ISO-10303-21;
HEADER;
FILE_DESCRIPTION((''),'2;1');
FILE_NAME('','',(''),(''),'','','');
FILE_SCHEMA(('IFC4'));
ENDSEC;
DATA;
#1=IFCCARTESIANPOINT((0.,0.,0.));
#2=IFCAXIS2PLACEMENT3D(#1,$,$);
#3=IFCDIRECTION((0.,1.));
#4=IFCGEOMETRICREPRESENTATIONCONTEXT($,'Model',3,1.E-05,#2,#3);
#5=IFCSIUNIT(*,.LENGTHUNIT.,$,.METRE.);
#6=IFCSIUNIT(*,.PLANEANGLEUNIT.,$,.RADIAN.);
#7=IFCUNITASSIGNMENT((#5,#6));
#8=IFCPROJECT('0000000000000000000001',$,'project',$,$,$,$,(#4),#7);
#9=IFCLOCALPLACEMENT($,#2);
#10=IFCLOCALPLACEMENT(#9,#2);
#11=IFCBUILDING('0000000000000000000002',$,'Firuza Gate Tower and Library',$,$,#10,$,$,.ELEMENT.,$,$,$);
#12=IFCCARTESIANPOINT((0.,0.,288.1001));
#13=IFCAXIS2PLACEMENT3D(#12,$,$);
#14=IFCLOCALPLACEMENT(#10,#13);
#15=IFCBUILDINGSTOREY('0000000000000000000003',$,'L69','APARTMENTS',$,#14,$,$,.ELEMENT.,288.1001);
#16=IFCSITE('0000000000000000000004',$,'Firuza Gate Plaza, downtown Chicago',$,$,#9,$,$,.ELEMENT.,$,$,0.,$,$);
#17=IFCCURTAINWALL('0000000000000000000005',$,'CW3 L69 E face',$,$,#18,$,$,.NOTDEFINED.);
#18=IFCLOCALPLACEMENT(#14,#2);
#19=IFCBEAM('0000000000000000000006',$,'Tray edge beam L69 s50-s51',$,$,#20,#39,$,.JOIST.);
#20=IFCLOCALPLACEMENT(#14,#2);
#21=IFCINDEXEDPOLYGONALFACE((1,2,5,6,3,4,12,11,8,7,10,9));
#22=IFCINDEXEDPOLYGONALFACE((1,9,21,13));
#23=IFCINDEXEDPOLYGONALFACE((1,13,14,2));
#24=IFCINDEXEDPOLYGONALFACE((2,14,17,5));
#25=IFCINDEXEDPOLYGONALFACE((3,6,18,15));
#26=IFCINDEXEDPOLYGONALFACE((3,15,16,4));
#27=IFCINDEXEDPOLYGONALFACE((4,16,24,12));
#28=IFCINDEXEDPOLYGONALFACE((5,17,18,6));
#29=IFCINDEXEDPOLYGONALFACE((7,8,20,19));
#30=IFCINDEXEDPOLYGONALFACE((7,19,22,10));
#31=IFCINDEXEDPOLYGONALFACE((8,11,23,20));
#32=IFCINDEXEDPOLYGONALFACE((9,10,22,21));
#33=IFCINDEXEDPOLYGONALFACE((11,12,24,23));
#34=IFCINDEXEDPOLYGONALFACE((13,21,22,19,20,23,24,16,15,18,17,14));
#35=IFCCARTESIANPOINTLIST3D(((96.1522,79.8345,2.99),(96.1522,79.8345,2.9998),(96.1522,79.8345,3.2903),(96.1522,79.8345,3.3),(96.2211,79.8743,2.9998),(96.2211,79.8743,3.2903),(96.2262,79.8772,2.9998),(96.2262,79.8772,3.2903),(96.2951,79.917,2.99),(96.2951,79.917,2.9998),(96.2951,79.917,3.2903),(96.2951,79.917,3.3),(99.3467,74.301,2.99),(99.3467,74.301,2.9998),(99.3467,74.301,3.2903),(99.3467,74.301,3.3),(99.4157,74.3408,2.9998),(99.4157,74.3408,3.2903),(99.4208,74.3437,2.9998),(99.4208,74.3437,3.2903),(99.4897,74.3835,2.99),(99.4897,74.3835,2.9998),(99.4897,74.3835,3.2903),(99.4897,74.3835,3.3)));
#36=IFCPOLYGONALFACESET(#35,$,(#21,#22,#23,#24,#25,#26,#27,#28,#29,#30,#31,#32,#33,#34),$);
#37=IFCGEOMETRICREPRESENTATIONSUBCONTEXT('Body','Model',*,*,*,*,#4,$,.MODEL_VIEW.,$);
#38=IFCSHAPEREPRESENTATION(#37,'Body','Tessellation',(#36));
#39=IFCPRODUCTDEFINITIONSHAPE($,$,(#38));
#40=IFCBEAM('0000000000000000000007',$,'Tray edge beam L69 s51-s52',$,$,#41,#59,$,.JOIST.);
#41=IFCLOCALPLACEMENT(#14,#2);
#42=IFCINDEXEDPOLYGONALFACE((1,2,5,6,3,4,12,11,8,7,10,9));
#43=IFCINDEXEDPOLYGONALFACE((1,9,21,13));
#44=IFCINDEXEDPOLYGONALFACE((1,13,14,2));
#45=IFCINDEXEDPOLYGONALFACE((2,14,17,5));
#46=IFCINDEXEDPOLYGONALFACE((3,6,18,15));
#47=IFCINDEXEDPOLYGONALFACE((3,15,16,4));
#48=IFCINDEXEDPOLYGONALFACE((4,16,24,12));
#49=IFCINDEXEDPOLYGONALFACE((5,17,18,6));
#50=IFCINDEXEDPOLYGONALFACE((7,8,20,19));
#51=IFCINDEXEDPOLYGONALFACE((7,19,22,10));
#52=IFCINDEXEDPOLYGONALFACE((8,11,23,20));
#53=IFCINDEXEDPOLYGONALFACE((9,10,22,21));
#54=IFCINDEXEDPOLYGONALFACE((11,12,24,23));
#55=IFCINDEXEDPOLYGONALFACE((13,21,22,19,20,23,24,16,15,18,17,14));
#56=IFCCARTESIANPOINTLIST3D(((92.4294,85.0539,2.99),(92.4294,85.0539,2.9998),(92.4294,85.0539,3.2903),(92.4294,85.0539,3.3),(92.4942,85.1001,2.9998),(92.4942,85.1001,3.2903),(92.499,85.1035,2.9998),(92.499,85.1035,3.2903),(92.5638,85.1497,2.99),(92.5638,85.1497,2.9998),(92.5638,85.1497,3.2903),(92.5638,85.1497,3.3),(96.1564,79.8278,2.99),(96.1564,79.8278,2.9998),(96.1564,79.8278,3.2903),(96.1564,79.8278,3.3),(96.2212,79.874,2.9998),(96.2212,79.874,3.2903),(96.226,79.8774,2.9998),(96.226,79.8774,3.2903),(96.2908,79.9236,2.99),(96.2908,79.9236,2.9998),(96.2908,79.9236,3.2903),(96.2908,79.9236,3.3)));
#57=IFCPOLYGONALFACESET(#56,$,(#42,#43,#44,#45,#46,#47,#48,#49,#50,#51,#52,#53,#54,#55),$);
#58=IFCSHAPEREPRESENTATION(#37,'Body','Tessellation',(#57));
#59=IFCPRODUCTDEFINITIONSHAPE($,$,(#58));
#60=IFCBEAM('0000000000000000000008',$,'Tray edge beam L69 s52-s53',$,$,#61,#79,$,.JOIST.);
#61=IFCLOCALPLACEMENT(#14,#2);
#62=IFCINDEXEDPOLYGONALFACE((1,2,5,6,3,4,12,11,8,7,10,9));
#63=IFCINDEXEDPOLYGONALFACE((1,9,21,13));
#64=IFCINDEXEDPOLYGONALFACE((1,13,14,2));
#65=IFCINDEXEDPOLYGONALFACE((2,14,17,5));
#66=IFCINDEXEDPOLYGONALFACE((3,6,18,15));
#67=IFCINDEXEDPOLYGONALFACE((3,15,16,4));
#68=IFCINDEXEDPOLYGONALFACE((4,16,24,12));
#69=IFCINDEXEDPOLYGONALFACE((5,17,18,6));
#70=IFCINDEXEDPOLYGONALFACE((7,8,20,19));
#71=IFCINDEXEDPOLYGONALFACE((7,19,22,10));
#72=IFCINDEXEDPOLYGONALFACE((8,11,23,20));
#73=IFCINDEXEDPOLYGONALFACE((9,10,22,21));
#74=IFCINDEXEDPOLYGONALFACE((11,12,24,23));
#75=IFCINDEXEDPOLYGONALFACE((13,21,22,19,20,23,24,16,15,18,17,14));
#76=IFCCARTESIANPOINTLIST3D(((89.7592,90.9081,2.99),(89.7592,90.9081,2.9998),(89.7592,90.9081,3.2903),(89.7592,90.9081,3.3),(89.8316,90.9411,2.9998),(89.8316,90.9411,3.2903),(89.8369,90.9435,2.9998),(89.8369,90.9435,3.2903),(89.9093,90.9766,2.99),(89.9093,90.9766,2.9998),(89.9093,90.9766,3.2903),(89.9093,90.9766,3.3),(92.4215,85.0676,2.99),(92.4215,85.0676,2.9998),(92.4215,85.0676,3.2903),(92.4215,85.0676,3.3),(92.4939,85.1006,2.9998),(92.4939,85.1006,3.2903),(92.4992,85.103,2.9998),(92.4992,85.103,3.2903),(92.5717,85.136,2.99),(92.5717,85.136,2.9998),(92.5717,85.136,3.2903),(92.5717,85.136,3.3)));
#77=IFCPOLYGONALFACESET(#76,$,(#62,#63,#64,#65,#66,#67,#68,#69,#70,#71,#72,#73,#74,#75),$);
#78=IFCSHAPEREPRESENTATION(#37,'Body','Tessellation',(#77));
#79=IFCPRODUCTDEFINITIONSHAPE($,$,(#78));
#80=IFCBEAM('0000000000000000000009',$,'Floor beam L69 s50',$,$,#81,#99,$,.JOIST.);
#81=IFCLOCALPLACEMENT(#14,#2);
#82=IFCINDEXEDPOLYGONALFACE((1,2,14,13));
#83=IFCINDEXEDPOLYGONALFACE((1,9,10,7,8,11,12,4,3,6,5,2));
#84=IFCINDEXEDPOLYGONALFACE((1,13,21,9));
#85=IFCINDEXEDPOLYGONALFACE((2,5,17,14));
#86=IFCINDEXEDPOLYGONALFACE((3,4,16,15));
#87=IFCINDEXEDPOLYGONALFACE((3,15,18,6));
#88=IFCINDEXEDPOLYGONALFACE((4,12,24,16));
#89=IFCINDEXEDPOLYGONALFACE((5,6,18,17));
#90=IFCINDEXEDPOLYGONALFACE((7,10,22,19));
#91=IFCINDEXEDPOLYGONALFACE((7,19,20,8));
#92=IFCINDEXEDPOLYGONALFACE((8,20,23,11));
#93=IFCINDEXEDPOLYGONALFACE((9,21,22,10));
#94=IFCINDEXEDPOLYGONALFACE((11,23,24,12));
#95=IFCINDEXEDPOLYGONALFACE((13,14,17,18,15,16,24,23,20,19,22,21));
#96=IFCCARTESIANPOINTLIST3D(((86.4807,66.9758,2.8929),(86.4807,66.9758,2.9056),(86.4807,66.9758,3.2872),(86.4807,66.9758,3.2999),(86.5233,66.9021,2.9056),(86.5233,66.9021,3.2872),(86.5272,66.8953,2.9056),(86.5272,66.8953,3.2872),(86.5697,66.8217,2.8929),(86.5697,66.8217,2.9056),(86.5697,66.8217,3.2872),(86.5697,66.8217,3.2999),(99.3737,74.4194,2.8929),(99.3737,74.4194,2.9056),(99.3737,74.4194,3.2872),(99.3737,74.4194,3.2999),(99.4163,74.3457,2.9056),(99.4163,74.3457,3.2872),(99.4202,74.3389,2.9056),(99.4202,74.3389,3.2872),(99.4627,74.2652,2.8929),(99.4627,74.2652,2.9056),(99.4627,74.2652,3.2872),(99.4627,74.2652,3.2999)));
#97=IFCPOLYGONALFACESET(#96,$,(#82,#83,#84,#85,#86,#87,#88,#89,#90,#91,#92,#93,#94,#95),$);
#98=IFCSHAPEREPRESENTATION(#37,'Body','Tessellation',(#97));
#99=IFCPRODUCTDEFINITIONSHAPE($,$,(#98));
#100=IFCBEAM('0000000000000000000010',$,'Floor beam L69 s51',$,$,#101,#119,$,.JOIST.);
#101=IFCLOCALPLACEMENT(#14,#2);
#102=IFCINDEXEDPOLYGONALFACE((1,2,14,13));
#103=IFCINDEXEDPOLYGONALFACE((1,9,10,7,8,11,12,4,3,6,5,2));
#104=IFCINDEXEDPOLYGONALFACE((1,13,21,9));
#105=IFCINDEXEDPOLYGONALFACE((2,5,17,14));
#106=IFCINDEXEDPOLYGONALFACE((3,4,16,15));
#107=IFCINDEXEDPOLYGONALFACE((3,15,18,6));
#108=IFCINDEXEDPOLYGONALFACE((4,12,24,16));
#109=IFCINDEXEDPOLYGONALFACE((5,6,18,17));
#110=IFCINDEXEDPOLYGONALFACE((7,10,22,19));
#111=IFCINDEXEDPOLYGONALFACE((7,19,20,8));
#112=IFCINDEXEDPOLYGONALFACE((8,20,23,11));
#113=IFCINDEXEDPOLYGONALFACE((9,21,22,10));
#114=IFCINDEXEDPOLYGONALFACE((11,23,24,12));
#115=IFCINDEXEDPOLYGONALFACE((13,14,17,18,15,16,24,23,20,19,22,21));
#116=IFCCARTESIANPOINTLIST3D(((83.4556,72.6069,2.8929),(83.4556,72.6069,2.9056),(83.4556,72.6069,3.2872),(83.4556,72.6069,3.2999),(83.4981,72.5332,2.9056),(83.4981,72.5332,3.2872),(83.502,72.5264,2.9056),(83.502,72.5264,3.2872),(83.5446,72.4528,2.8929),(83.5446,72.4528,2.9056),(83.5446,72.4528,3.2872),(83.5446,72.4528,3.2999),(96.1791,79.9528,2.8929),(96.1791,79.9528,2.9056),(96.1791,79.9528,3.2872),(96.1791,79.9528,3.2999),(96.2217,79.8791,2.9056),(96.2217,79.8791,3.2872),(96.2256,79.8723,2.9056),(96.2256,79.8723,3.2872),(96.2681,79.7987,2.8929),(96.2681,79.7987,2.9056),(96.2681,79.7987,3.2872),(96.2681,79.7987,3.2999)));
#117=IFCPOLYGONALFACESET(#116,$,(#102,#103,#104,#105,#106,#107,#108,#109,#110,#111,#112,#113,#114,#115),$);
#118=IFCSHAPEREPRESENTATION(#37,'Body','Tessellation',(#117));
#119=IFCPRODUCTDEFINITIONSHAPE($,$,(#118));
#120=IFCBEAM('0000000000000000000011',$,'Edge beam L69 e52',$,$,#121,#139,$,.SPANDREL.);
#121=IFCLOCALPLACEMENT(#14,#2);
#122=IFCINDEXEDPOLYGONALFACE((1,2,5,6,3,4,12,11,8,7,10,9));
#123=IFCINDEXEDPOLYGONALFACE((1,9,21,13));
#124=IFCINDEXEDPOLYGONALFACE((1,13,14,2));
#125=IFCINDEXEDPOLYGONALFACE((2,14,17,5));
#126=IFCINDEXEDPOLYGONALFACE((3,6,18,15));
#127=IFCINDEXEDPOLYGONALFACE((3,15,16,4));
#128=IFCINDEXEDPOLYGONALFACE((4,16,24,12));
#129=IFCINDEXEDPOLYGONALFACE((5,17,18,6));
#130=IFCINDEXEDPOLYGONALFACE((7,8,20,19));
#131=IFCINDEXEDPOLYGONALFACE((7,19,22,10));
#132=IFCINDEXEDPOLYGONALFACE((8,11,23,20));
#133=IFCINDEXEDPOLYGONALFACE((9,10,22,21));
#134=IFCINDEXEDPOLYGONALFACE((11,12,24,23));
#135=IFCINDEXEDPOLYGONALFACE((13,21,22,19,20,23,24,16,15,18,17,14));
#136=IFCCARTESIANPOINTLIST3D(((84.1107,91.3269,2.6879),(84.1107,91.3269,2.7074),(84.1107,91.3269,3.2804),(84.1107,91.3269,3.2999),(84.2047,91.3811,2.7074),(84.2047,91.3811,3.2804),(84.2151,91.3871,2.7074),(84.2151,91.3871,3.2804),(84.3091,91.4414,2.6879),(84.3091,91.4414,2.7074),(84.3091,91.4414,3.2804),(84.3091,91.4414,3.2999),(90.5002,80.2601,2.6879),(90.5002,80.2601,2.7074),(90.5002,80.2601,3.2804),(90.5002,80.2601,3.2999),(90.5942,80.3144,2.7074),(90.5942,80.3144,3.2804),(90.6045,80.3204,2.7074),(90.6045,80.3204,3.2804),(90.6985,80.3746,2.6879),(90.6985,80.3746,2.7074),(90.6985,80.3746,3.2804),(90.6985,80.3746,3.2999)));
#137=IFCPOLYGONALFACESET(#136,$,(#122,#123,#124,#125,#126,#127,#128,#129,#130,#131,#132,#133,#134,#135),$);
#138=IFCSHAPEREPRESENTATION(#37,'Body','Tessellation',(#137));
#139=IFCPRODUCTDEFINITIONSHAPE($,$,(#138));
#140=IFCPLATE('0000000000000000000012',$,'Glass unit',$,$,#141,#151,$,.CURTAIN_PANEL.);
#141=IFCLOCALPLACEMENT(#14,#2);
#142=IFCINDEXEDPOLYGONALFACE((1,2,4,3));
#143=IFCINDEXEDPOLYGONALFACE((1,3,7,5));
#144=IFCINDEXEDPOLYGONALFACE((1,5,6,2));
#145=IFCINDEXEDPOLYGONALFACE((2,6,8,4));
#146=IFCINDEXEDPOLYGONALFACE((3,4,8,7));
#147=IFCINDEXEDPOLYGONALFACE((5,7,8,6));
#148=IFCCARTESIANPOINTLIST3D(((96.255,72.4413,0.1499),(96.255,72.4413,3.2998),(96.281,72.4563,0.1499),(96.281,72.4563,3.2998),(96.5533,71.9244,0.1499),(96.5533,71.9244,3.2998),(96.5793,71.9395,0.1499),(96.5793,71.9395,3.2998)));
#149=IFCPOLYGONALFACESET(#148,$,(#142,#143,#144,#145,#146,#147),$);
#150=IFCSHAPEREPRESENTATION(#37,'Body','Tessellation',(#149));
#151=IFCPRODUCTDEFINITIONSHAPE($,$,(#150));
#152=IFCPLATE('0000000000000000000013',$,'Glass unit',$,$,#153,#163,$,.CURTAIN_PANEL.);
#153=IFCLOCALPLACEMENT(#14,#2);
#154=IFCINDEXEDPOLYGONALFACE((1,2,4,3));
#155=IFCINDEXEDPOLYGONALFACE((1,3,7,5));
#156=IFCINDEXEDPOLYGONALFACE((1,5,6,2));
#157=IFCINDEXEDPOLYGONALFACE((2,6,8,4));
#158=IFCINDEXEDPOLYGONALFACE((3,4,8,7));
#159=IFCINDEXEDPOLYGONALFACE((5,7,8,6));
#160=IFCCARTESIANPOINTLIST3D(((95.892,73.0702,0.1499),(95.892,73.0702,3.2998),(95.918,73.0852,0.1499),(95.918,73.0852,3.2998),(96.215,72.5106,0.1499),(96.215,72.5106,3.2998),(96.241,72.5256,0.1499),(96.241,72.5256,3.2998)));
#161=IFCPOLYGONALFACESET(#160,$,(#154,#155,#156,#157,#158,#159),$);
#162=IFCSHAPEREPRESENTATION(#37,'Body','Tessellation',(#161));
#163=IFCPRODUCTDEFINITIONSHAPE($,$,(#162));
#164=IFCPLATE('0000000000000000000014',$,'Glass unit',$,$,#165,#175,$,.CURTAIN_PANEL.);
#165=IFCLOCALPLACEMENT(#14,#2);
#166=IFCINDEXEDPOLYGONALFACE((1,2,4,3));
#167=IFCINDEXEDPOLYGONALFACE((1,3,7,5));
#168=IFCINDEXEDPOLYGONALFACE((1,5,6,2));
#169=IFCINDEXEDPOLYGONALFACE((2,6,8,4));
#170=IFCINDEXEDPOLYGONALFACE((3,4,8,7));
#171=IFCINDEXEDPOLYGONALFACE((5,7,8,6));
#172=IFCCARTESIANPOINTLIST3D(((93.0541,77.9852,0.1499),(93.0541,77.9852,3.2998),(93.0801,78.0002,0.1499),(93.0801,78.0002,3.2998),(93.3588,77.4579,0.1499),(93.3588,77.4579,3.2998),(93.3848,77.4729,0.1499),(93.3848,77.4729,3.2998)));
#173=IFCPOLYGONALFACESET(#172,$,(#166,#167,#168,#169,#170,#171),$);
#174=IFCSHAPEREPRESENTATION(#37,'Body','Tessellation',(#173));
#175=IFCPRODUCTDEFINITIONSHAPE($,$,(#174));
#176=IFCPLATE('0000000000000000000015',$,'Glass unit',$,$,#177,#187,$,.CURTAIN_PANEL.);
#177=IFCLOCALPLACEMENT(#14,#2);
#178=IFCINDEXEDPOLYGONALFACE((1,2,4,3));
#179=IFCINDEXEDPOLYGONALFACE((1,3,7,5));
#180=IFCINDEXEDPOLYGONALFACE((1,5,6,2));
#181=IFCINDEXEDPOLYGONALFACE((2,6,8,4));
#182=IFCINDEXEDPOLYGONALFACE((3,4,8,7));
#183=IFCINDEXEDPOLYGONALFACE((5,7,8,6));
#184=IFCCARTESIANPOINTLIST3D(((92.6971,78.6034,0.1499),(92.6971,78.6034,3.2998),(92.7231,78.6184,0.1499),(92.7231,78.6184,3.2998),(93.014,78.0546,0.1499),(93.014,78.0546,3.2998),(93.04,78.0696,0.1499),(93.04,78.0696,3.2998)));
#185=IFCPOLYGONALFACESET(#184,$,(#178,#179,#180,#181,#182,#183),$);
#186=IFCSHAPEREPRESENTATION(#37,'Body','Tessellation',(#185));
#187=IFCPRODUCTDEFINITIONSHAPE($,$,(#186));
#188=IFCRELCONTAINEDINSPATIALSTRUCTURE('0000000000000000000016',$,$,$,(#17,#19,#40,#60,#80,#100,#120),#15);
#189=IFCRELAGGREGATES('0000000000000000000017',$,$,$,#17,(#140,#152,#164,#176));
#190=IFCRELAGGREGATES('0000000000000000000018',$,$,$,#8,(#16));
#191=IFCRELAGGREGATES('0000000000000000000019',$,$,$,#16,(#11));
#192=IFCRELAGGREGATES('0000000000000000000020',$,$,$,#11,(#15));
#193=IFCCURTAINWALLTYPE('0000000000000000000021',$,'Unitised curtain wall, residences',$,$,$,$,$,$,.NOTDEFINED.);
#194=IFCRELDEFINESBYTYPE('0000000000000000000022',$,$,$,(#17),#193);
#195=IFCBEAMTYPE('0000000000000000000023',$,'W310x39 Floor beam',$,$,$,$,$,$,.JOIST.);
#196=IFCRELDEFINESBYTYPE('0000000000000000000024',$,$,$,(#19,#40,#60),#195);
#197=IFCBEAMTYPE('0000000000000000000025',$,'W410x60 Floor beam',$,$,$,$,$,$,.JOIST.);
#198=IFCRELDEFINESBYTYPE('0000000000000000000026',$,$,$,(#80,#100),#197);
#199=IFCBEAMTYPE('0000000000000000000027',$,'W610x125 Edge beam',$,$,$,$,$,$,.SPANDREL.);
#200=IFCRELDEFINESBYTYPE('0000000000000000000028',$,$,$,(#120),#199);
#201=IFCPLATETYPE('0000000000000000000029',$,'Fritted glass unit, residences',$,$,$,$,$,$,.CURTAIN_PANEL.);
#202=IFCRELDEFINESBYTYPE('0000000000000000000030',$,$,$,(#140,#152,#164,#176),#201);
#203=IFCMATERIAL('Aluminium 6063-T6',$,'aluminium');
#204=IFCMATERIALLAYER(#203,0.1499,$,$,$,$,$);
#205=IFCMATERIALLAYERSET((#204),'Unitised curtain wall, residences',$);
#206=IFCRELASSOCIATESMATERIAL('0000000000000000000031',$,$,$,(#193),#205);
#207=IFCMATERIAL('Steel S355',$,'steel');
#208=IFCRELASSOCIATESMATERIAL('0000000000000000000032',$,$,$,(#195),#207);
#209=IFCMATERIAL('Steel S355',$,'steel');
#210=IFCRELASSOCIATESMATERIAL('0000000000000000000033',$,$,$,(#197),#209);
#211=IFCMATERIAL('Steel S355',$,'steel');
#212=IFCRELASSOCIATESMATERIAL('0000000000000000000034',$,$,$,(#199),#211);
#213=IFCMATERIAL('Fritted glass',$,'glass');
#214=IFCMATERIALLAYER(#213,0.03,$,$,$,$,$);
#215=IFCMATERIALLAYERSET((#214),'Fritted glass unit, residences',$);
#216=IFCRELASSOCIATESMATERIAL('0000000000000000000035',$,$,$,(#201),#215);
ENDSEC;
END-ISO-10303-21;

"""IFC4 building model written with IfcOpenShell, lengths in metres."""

from ifc_helpers import new_model, si_unit, direction, frame, origin, origin_2d, place, context, subcontext, project, spatial, polyline, i_section, outline, extrude, material, layer, layer_set, material_profile, profile_set, type_object, element, aggregate, save


model = new_model("IFC4")

# Units and contexts
model_context = context("Model", 3, precision=1e-05, world=origin(), true_north=direction((0.0, 1.0)))
body_context = subcontext(model_context, "Body", "Model", "MODEL_VIEW")
ifc_project = project(units=[si_unit("LENGTHUNIT", "METRE"), si_unit("PLANEANGLEUNIT", "RADIAN")], contexts=[model_context])

# Site, building, storey
site_placement = place(None, origin())
site = spatial("IfcSite", under=ifc_project, at=site_placement, Name="Firuza Gate Plaza, downtown Chicago", CompositionType="ELEMENT", RefElevation=0.0)
building_placement = place(site_placement, origin())
building = spatial("IfcBuilding", under=site, at=building_placement, Name="Firuza Gate Tower and Library", CompositionType="ELEMENT")
storey_placement = place(building_placement, frame((0.0, 0.0, 288.1001)))
storey = spatial("IfcBuildingStorey", under=building, at=storey_placement, Name="L69", Description="APARTMENTS", CompositionType="ELEMENT", Elevation=288.1001)

# Curtain wall
ifc_material_1 = material(Name="Aluminium 6063-T6", Category="aluminium")
ifc_layer_1 = layer(ifc_material_1, 0.1499)
ifc_layer_set_1 = layer_set([ifc_layer_1], Name="Unitised curtain wall, residences")
curtain_wall_type = type_object("IfcCurtainWallType", Name="Unitised curtain wall, residences", PredefinedType="NOTDEFINED", material=ifc_layer_set_1)
curtain_wall_placement = place(storey_placement, origin())
curtain_wall = element("IfcCurtainWall", 1, at=curtain_wall_placement, inside=storey, type_object=curtain_wall_type, Name="CW3 L69 E face", PredefinedType="NOTDEFINED")

# Beams
ifc_material_2 = material(Name="Steel S355", Category="steel")
ifc_material_profile_1 = material_profile(ifc_material_2, i_section(OverallWidth=0.165, OverallDepth=0.3101, WebThickness=0.0059, FlangeThickness=0.0098, at=origin_2d()))
ifc_profile_set_1 = profile_set([ifc_material_profile_1], Name="Steel S355")
beam_type_1 = type_object("IfcBeamType", Name="W310x39 Floor beam", PredefinedType="JOIST", material=ifc_profile_set_1)
beam_1_placement = place(storey_placement, frame((99.4182, 74.3423, 3.145), z_axis=(-0.499982, 0.866036, 0.0), x_axis=(-0.866036, -0.499982, 0.0)))
element("IfcBeam", 2, at=beam_1_placement, inside=storey, type_object=beam_type_1, Name="Tray edge beam L69 s50-s51", PredefinedType="JOIST", context=body_context, shape_type="SweptSolid", body=[
    extrude(i_section(OverallWidth=0.165, OverallDepth=0.3101, WebThickness=0.0059, FlangeThickness=0.0098, at=origin_2d()), origin(), (0.0, 0.0, 1.0), 6.3894),
])
beam_2_placement = place(storey_placement, frame((96.2236, 79.8757, 3.145), z_axis=(-0.580634, 0.814165, 0.0), x_axis=(-0.814165, -0.580634, 0.0)))
element("IfcBeam", 3, at=beam_2_placement, inside=storey, type_object=beam_type_1, Name="Tray edge beam L69 s51-s52", PredefinedType="JOIST", context=body_context, shape_type="SweptSolid", body=[
    extrude(i_section(OverallWidth=0.165, OverallDepth=0.3101, WebThickness=0.0059, FlangeThickness=0.0098, at=origin_2d()), origin(), (0.0, 0.0, 1.0), 6.4189),
])
beam_3_placement = place(storey_placement, frame((92.4966, 85.1018, 3.145), z_axis=(-0.414777, 0.909923, 0.0), x_axis=(-0.909923, -0.414777, 0.0)))
element("IfcBeam", 4, at=beam_3_placement, inside=storey, type_object=beam_type_1, Name="Tray edge beam L69 s52-s53", PredefinedType="JOIST", context=body_context, shape_type="SweptSolid", body=[
    extrude(i_section(OverallWidth=0.165, OverallDepth=0.3101, WebThickness=0.0059, FlangeThickness=0.0098, at=origin_2d()), origin(), (0.0, 0.0, 1.0), 6.4187),
])
ifc_material_3 = material(Name="Steel S355", Category="steel")
ifc_material_profile_2 = material_profile(ifc_material_3, i_section(OverallWidth=0.178, OverallDepth=0.407, WebThickness=0.0078, FlangeThickness=0.0127, at=origin_2d()))
ifc_profile_set_2 = profile_set([ifc_material_profile_2], Name="Steel S355")
beam_type_2 = type_object("IfcBeamType", Name="W410x60 Floor beam", PredefinedType="JOIST", material=ifc_profile_set_2)
beam_4_placement = place(storey_placement, frame((99.4182, 74.3423, 3.0964), z_axis=(-0.866032, -0.499989, 0.0), x_axis=(0.499989, -0.866032, 0.0)))
element("IfcBeam", 5, at=beam_4_placement, inside=storey, type_object=beam_type_2, Name="Floor beam L69 s50", PredefinedType="JOIST", context=body_context, shape_type="SweptSolid", body=[
    extrude(i_section(OverallWidth=0.178, OverallDepth=0.407, WebThickness=0.0078, FlangeThickness=0.0127, at=origin_2d()), origin(), (0.0, 0.0, 1.0), 14.8875),
])
beam_5_placement = place(storey_placement, frame((96.2236, 79.8757, 3.0964), z_axis=(-0.866027, -0.499998, 0.0), x_axis=(0.499998, -0.866027, 0.0)))
element("IfcBeam", 6, at=beam_5_placement, inside=storey, type_object=beam_type_2, Name="Floor beam L69 s51", PredefinedType="JOIST", context=body_context, shape_type="SweptSolid", body=[
    extrude(i_section(OverallWidth=0.178, OverallDepth=0.407, WebThickness=0.0078, FlangeThickness=0.0127, at=origin_2d()), origin(), (0.0, 0.0, 1.0), 14.6919),
])
ifc_material_4 = material(Name="Steel S355", Category="steel")
ifc_material_profile_3 = material_profile(ifc_material_4, i_section(OverallWidth=0.229, OverallDepth=0.6121, WebThickness=0.012, FlangeThickness=0.0195, at=origin_2d()))
ifc_profile_set_3 = profile_set([ifc_material_profile_3], Name="Steel S355")
beam_type_3 = type_object("IfcBeamType", Name="W610x125 Edge beam", PredefinedType="SPANDREL", material=ifc_profile_set_3)
beam_6_placement = place(storey_placement, frame((90.5994, 80.3174, 2.9939), z_axis=(-0.500004, 0.866023, 0.0), x_axis=(-0.866023, -0.500004, 0.0)))
element("IfcBeam", 7, at=beam_6_placement, inside=storey, type_object=beam_type_3, Name="Edge beam L69 e52", PredefinedType="SPANDREL", context=body_context, shape_type="SweptSolid", body=[
    extrude(i_section(OverallWidth=0.229, OverallDepth=0.6121, WebThickness=0.012, FlangeThickness=0.0195, at=origin_2d()), origin(), (0.0, 0.0, 1.0), 12.7788),
])

# Plates
ifc_material_5 = material(Name="Fritted glass", Category="glass")
ifc_layer_2 = layer(ifc_material_5, 0.03)
ifc_layer_set_2 = layer_set([ifc_layer_2], Name="Fritted glass unit, residences")
plate_type_1 = type_object("IfcPlateType", Name="Fritted glass unit, residences", PredefinedType="CURTAIN_PANEL", material=ifc_layer_set_2)
plate_1_placement = place(storey_placement, frame((96.5793, 71.9395, 0.1499), z_axis=(0.86607, 0.499923, 0.0), x_axis=(-0.499923, 0.86607, 0.0)))
plate_1 = element("IfcPlate", 8, at=plate_1_placement, type_object=plate_type_1, Name="Glass unit", PredefinedType="CURTAIN_PANEL", context=body_context, shape_type="SweptSolid", body=[
    extrude(outline(polyline([(0.0, 0.0), (0.5968, 0.0), (0.5968, 3.1499), (0.0, 3.1499), (0.0, 0.0)])), origin(), (0.0, 0.0, -1.0), 0.03),
])
plate_2_placement = place(storey_placement, frame((96.241, 72.5256, 0.1499), z_axis=(0.866072, 0.499919, 0.0), x_axis=(-0.499919, 0.866072, 0.0)))
plate_2 = element("IfcPlate", 9, at=plate_2_placement, type_object=plate_type_1, Name="Glass unit", PredefinedType="CURTAIN_PANEL", context=body_context, shape_type="SweptSolid", body=[
    extrude(outline(polyline([(0.0, 0.0), (0.6461, 0.0), (0.6461, 3.1499), (0.0, 3.1499), (0.0, 0.0)])), origin(), (0.0, 0.0, -1.0), 0.03),
])
plate_3_placement = place(storey_placement, frame((93.3848, 77.4729, 0.1499), z_axis=(0.865865, 0.500278, 0.0), x_axis=(-0.500278, 0.865865, 0.0)))
plate_3 = element("IfcPlate", 10, at=plate_3_placement, type_object=plate_type_1, Name="Glass unit", PredefinedType="CURTAIN_PANEL", context=body_context, shape_type="SweptSolid", body=[
    extrude(outline(polyline([(0.0, 0.0), (0.609, 0.0), (0.609, 3.1499), (0.0, 3.1499), (0.0, 0.0)])), origin(), (0.0, 0.0, -1.0), 0.03),
])
plate_4_placement = place(storey_placement, frame((93.04, 78.0696, 0.1499), z_axis=(0.866006, 0.500034, 0.0), x_axis=(-0.500034, 0.866006, 0.0)))
plate_4 = element("IfcPlate", 11, at=plate_4_placement, type_object=plate_type_1, Name="Glass unit", PredefinedType="CURTAIN_PANEL", context=body_context, shape_type="SweptSolid", body=[
    extrude(outline(polyline([(0.0, 0.0), (0.6337, 0.0), (0.6337, 3.1499), (0.0, 3.1499), (0.0, 0.0)])), origin(), (0.0, 0.0, -1.0), 0.03),
])
aggregate(curtain_wall, [plate_1, plate_2, plate_3, plate_4])

save(model, "model.ifc")
